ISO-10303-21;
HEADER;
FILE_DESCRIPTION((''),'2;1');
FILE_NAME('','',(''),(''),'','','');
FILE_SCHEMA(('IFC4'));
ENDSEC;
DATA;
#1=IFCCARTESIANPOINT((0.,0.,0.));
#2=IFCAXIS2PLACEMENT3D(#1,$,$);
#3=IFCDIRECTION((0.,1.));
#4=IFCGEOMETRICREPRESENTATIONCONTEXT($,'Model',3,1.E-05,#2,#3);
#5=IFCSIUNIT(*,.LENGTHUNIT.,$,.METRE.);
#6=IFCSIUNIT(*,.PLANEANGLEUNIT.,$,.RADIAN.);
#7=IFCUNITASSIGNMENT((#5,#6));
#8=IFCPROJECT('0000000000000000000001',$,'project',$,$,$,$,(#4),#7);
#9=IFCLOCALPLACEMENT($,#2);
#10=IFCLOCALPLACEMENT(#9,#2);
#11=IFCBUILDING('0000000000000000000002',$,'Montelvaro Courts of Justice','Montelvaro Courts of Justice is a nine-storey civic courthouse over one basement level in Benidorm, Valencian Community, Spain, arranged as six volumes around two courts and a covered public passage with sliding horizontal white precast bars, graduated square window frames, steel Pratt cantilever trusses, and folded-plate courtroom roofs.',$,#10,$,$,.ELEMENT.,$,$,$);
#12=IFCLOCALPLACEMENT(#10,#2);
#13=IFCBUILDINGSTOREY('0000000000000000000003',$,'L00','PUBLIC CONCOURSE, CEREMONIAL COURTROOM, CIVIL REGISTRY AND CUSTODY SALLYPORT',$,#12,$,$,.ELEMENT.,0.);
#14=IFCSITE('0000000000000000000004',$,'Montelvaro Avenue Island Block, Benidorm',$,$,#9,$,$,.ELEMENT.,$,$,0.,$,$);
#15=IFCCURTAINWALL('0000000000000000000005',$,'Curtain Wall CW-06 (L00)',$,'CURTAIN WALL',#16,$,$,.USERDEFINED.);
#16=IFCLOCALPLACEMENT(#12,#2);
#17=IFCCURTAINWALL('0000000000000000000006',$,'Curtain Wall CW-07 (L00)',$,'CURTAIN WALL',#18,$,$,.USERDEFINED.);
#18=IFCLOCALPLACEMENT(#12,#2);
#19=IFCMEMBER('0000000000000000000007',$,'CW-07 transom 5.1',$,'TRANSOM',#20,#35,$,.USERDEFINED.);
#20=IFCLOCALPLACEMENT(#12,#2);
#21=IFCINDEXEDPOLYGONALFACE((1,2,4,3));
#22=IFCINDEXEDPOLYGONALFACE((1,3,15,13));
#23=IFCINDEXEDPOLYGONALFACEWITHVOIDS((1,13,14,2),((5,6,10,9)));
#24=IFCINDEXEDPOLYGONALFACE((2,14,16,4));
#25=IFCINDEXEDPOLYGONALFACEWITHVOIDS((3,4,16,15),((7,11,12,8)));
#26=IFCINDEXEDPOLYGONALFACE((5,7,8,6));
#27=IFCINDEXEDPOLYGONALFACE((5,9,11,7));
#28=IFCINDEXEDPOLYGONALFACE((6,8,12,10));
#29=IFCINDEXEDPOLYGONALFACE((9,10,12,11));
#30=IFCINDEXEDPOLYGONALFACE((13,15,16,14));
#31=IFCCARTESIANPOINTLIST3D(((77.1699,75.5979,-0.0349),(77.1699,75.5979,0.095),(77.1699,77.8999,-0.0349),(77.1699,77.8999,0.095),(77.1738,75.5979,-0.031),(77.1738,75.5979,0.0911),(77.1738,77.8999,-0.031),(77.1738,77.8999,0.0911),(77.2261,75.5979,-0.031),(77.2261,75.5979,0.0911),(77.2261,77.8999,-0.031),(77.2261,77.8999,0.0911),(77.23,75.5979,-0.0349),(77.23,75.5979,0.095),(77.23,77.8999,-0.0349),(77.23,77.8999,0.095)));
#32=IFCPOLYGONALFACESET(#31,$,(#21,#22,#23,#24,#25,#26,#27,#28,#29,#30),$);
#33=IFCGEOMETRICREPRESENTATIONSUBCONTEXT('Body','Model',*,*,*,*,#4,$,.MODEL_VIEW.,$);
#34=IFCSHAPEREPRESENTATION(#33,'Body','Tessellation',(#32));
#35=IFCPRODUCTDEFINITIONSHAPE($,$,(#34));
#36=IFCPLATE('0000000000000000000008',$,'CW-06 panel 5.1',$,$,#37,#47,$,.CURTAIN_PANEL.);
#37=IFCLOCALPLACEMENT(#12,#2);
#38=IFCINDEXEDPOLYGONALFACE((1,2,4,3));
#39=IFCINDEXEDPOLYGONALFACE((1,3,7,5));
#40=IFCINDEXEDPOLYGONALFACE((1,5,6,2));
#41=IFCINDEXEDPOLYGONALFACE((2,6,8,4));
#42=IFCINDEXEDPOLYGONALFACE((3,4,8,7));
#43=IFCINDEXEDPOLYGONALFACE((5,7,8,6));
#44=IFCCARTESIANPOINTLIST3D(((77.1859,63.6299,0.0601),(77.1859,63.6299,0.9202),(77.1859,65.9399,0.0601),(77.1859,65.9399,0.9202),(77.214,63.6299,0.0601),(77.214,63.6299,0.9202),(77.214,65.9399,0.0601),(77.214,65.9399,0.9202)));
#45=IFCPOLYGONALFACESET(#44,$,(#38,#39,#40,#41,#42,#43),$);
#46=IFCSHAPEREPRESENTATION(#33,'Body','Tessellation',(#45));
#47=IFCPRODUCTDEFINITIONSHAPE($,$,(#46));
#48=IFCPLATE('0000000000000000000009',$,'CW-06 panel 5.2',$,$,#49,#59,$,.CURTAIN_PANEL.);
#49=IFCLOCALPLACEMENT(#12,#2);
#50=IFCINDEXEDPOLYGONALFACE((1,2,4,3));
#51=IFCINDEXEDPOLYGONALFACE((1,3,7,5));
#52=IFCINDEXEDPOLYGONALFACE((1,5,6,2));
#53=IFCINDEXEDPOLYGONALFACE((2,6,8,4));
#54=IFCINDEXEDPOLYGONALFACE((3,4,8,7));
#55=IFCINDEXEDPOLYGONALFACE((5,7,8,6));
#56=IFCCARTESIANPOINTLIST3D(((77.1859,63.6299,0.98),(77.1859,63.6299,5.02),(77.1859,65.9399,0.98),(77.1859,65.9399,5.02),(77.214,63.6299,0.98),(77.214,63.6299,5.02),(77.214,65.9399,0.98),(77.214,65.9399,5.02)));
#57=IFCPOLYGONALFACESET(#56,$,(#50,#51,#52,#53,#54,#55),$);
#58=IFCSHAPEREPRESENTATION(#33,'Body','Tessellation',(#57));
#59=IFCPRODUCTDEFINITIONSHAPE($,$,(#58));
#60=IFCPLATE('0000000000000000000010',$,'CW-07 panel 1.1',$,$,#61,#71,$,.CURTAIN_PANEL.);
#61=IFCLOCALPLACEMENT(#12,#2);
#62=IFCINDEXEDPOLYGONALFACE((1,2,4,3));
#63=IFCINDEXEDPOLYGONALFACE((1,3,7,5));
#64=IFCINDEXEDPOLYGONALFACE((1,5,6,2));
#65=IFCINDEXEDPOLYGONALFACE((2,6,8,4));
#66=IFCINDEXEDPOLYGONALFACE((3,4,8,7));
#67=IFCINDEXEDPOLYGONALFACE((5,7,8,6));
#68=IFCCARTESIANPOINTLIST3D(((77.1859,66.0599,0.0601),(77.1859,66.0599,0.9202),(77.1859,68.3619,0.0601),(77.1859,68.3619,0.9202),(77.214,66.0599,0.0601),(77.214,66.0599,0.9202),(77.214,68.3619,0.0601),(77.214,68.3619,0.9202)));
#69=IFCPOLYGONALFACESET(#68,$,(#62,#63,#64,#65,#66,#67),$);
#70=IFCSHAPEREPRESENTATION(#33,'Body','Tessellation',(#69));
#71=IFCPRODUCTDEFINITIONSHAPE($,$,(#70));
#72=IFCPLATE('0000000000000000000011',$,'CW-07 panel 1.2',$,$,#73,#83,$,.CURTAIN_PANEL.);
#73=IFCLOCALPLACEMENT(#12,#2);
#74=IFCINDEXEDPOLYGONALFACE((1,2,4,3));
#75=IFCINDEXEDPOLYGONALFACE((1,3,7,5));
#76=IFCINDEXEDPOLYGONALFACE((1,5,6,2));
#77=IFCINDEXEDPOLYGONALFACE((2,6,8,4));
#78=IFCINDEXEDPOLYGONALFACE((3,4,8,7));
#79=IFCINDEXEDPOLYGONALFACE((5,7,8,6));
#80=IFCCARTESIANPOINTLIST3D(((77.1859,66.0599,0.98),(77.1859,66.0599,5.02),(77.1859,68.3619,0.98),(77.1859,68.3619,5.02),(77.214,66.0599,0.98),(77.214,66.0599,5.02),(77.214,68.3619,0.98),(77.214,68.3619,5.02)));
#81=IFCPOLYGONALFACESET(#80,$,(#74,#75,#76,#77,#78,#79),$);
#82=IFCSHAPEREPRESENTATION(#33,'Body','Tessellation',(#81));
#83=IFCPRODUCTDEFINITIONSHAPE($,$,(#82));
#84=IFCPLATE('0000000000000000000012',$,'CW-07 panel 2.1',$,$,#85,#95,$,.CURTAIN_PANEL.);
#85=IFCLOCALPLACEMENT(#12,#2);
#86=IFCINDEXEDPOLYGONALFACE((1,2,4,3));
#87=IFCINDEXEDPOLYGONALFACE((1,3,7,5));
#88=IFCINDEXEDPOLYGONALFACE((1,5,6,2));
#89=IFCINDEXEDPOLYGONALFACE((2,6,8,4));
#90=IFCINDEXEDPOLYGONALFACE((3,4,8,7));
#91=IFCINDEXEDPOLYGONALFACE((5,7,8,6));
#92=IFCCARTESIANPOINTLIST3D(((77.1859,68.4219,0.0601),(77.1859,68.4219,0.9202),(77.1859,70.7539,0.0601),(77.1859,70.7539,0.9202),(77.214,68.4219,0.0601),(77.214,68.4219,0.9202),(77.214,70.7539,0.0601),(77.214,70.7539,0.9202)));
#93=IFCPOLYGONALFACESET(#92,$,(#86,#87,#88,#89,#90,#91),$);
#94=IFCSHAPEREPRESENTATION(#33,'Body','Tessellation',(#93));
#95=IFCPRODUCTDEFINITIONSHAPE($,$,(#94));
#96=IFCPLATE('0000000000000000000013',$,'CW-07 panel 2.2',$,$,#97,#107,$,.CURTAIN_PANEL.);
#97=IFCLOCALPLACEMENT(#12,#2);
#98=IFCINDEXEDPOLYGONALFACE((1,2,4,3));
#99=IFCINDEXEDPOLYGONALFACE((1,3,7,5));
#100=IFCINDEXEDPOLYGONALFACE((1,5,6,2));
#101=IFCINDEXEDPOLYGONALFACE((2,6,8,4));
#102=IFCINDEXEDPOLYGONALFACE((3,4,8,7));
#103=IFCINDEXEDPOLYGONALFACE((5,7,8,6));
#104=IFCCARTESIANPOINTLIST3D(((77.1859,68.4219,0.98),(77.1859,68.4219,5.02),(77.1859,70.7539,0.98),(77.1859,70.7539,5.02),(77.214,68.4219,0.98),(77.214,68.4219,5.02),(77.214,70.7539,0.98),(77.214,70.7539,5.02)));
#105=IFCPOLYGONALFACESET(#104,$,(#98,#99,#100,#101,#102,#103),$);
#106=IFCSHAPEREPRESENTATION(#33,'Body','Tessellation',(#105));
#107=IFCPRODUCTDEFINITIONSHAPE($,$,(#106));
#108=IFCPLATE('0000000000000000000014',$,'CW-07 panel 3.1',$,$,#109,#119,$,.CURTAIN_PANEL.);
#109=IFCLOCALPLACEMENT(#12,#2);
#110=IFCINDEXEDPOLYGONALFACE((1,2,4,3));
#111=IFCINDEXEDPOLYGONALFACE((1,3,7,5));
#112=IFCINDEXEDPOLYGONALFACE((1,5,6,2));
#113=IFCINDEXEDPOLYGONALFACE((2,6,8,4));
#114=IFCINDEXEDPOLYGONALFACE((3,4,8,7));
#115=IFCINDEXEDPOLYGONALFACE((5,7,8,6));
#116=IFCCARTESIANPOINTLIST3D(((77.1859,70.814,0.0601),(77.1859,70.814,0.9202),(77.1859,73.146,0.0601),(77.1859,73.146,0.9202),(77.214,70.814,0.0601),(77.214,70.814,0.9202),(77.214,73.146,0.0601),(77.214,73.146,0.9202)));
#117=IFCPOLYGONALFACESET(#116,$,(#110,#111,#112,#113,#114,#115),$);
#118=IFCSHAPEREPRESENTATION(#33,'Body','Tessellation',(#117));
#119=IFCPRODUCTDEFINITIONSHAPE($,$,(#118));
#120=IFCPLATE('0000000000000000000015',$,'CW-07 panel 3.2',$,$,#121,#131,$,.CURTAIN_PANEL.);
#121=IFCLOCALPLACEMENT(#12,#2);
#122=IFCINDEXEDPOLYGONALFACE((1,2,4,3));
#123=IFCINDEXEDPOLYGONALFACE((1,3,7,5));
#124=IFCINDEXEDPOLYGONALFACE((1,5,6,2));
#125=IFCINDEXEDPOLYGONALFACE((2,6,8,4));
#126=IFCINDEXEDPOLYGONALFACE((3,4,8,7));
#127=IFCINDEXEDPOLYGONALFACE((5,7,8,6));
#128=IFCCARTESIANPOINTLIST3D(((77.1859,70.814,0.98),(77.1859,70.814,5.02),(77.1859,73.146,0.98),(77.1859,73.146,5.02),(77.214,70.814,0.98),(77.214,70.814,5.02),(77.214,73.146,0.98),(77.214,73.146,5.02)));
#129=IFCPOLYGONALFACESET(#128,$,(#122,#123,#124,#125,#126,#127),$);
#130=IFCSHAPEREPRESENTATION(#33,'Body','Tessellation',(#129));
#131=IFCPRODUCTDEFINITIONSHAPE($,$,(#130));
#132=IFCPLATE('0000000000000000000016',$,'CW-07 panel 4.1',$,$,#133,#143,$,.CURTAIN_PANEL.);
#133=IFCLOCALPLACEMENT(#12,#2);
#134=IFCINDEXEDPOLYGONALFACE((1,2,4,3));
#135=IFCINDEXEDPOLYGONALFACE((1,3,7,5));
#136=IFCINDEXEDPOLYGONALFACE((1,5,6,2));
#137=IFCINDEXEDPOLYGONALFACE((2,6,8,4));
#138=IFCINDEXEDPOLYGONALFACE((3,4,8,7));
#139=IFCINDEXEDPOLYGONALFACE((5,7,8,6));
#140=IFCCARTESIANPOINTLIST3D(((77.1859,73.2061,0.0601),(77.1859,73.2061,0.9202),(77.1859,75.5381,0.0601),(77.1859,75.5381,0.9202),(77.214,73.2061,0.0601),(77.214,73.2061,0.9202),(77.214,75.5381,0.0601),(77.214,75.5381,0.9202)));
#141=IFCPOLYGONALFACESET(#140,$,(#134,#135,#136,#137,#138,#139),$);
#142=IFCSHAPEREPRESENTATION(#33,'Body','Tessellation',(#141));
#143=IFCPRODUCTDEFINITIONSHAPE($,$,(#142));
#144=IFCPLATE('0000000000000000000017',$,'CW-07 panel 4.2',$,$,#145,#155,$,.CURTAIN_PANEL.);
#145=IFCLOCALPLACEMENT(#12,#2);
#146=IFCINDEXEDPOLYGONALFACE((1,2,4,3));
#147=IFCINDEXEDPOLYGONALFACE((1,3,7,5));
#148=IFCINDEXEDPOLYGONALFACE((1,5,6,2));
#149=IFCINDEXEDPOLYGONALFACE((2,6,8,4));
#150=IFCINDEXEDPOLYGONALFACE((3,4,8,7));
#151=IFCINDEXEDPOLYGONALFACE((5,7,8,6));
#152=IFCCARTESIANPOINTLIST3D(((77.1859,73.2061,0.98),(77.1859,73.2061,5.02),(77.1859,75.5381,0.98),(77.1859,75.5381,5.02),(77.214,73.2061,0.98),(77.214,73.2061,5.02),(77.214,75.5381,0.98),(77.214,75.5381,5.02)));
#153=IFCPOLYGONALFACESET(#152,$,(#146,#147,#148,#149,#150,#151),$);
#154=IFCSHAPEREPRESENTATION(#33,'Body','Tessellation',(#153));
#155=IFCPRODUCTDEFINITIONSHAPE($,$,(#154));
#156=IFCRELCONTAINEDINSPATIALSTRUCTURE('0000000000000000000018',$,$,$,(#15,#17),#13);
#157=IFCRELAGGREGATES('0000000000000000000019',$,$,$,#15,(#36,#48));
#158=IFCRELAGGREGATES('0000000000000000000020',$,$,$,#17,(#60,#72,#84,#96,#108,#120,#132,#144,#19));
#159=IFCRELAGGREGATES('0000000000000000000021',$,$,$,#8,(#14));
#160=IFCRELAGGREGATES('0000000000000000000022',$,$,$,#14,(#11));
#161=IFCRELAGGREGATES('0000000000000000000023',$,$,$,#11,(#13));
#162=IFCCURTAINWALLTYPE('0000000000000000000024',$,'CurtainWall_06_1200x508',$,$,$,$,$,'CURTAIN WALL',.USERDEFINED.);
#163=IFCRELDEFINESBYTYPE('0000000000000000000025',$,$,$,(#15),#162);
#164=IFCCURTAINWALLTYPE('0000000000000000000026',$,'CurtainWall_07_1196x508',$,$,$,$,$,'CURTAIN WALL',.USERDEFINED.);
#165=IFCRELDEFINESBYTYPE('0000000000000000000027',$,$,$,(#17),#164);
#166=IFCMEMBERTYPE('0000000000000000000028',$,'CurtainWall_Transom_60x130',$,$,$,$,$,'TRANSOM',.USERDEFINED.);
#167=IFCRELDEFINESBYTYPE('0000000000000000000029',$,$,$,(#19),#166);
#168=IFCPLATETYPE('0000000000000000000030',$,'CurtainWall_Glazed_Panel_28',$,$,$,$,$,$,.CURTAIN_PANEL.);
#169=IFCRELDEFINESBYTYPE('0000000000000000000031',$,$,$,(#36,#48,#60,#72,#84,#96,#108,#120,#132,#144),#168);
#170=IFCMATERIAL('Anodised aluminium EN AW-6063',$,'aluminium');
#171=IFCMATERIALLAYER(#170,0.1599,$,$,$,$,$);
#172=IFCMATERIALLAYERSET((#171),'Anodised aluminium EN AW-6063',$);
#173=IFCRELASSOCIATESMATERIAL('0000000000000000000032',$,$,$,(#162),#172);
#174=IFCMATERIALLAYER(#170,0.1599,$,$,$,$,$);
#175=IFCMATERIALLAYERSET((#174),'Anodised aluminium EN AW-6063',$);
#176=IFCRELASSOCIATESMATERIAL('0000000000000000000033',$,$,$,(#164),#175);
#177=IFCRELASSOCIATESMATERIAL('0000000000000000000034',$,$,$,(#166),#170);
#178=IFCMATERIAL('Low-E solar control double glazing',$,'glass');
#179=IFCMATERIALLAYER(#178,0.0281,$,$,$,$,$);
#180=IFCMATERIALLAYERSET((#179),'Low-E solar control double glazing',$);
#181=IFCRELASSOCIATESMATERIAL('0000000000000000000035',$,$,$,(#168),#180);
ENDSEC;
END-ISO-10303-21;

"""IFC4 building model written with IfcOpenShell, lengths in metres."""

from ifc_helpers import new_model, si_unit, direction, frame, origin, origin_2d, place, context, subcontext, project, spatial, rectangle, hollow_rectangle, extrude, material, layer, layer_set, material_profile, profile_set, type_object, element, aggregate, save


model = new_model("IFC4")

# Units and contexts
model_context = context("Model", 3, precision=1e-05, world=origin(), true_north=direction((0.0, 1.0)))
body_context = subcontext(model_context, "Body", "Model", "MODEL_VIEW")
ifc_project = project(units=[si_unit("LENGTHUNIT", "METRE"), si_unit("PLANEANGLEUNIT", "RADIAN")], contexts=[model_context])

# Site, building, storey
site_placement = place(None, origin())
site = spatial("IfcSite", under=ifc_project, at=site_placement, Name="Montelvaro Avenue Island Block, Benidorm", CompositionType="ELEMENT", RefElevation=0.0)
building_placement = place(site_placement, origin())
building = spatial("IfcBuilding", under=site, at=building_placement, Name="Montelvaro Courts of Justice", Description="Montelvaro Courts of Justice is a nine-storey civic courthouse over one basement level in Benidorm, Valencian Community, Spain, arranged as six volumes around two courts and a covered public passage with sliding horizontal white precast bars, graduated square window frames, steel Pratt cantilever trusses, and folded-plate courtroom roofs.", CompositionType="ELEMENT")
storey_placement = place(building_placement, origin())
storey = spatial("IfcBuildingStorey", under=building, at=storey_placement, Name="L00", Description="PUBLIC CONCOURSE, CEREMONIAL COURTROOM, CIVIL REGISTRY AND CUSTODY SALLYPORT", CompositionType="ELEMENT", Elevation=0.0)

# Curtain wall
ifc_material_1 = material(Name="Anodised aluminium EN AW-6063", Category="aluminium")
ifc_layer_1 = layer(ifc_material_1, 0.1599)
ifc_layer_set_1 = layer_set([ifc_layer_1], Name="Anodised aluminium EN AW-6063")
curtain_wall_type_1 = type_object("IfcCurtainWallType", Name="CurtainWall_06_1200x508", ElementType="CURTAIN WALL", PredefinedType="USERDEFINED", material=ifc_layer_set_1)
curtain_wall_1_placement = place(storey_placement, origin())
curtain_wall_1 = element("IfcCurtainWall", 1, at=curtain_wall_1_placement, inside=storey, type_object=curtain_wall_type_1, Name="Curtain Wall CW-06 (L00)", ObjectType="CURTAIN WALL", PredefinedType="USERDEFINED")

# Curtain wall
ifc_layer_2 = layer(ifc_material_1, 0.1599)
ifc_layer_set_2 = layer_set([ifc_layer_2], Name="Anodised aluminium EN AW-6063")
curtain_wall_type_2 = type_object("IfcCurtainWallType", Name="CurtainWall_07_1196x508", ElementType="CURTAIN WALL", PredefinedType="USERDEFINED", material=ifc_layer_set_2)
curtain_wall_2_placement = place(storey_placement, origin())
curtain_wall_2 = element("IfcCurtainWall", 2, at=curtain_wall_2_placement, inside=storey, type_object=curtain_wall_type_2, Name="Curtain Wall CW-07 (L00)", ObjectType="CURTAIN WALL", PredefinedType="USERDEFINED")

# Member
ifc_material_profile_1 = material_profile(ifc_material_1, hollow_rectangle(XDim=0.0601, YDim=0.1299, WallThickness=0.0039, at=origin_2d()), Name="ALU-T 60x130")
ifc_profile_set_1 = profile_set([ifc_material_profile_1], Name="Anodised aluminium EN AW-6063")
member_type_1 = type_object("IfcMemberType", Name="CurtainWall_Transom_60x130", ElementType="TRANSOM", PredefinedType="USERDEFINED", material=ifc_profile_set_1)
member_1_placement = place(storey_placement, frame((77.2, 75.5979, 0.03), z_axis=(0.0, 1.0, 0.0), x_axis=(-1.0, 0.0, 0.0)))
member_1 = element("IfcMember", 3, at=member_1_placement, type_object=member_type_1, Name="CW-07 transom 5.1", ObjectType="TRANSOM", PredefinedType="USERDEFINED", context=body_context, shape_type="SweptSolid", body=[
    extrude(hollow_rectangle(XDim=0.0601, YDim=0.1299, WallThickness=0.0039, at=origin_2d()), origin(), (0.0, 0.0, 1.0), 2.302),
])

# Plates
ifc_material_2 = material(Name="Low-E solar control double glazing", Category="glass")
ifc_layer_3 = layer(ifc_material_2, 0.0281)
ifc_layer_set_3 = layer_set([ifc_layer_3], Name="Low-E solar control double glazing")
plate_type = type_object("IfcPlateType", Name="CurtainWall_Glazed_Panel_28", PredefinedType="CURTAIN_PANEL", material=ifc_layer_set_3)
plate_1_placement = place(storey_placement, frame((77.2, 64.7849, 0.0601), z_axis=(0.0, 0.0, 1.0), x_axis=(0.0, 1.0, 0.0)))
plate_1 = element("IfcPlate", 4, at=plate_1_placement, type_object=plate_type, Name="CW-06 panel 5.1", PredefinedType="CURTAIN_PANEL", context=body_context, shape_type="SweptSolid", body=[
    extrude(rectangle(XDim=2.3101, YDim=0.0281, at=origin_2d()), origin(), (0.0, 0.0, 1.0), 0.8601),
])
plate_2_placement = place(storey_placement, frame((77.2, 64.7849, 0.98), z_axis=(0.0, 0.0, 1.0), x_axis=(0.0, 1.0, 0.0)))
plate_2 = element("IfcPlate", 5, at=plate_2_placement, type_object=plate_type, Name="CW-06 panel 5.2", PredefinedType="CURTAIN_PANEL", context=body_context, shape_type="SweptSolid", body=[
    extrude(rectangle(XDim=2.3101, YDim=0.0281, at=origin_2d()), origin(), (0.0, 0.0, 1.0), 4.04),
])
aggregate(curtain_wall_1, [plate_1, plate_2])
plate_3_placement = place(storey_placement, frame((77.2, 67.2109, 0.0601), z_axis=(0.0, 0.0, 1.0), x_axis=(0.0, 1.0, 0.0)))
plate_3 = element("IfcPlate", 6, at=plate_3_placement, type_object=plate_type, Name="CW-07 panel 1.1", PredefinedType="CURTAIN_PANEL", context=body_context, shape_type="SweptSolid", body=[
    extrude(rectangle(XDim=2.302, YDim=0.0281, at=origin_2d()), origin(), (0.0, 0.0, 1.0), 0.8601),
])
plate_4_placement = place(storey_placement, frame((77.2, 67.2109, 0.98), z_axis=(0.0, 0.0, 1.0), x_axis=(0.0, 1.0, 0.0)))
plate_4 = element("IfcPlate", 7, at=plate_4_placement, type_object=plate_type, Name="CW-07 panel 1.2", PredefinedType="CURTAIN_PANEL", context=body_context, shape_type="SweptSolid", body=[
    extrude(rectangle(XDim=2.302, YDim=0.0281, at=origin_2d()), origin(), (0.0, 0.0, 1.0), 4.04),
])
plate_5_placement = place(storey_placement, frame((77.2, 69.5879, 0.0601), z_axis=(0.0, 0.0, 1.0), x_axis=(0.0, 1.0, 0.0)))
plate_5 = element("IfcPlate", 8, at=plate_5_placement, type_object=plate_type, Name="CW-07 panel 2.1", PredefinedType="CURTAIN_PANEL", context=body_context, shape_type="SweptSolid", body=[
    extrude(rectangle(XDim=2.332, YDim=0.0281, at=origin_2d()), origin(), (0.0, 0.0, 1.0), 0.8601),
])
plate_6_placement = place(storey_placement, frame((77.2, 69.5879, 0.98), z_axis=(0.0, 0.0, 1.0), x_axis=(0.0, 1.0, 0.0)))
plate_6 = element("IfcPlate", 9, at=plate_6_placement, type_object=plate_type, Name="CW-07 panel 2.2", PredefinedType="CURTAIN_PANEL", context=body_context, shape_type="SweptSolid", body=[
    extrude(rectangle(XDim=2.332, YDim=0.0281, at=origin_2d()), origin(), (0.0, 0.0, 1.0), 4.04),
])
plate_7_placement = place(storey_placement, frame((77.2, 71.98, 0.0601), z_axis=(0.0, 0.0, 1.0), x_axis=(0.0, 1.0, 0.0)))
plate_7 = element("IfcPlate", 10, at=plate_7_placement, type_object=plate_type, Name="CW-07 panel 3.1", PredefinedType="CURTAIN_PANEL", context=body_context, shape_type="SweptSolid", body=[
    extrude(rectangle(XDim=2.332, YDim=0.0281, at=origin_2d()), origin(), (0.0, 0.0, 1.0), 0.8601),
])
plate_8_placement = place(storey_placement, frame((77.2, 71.98, 0.98), z_axis=(0.0, 0.0, 1.0), x_axis=(0.0, 1.0, 0.0)))
plate_8 = element("IfcPlate", 11, at=plate_8_placement, type_object=plate_type, Name="CW-07 panel 3.2", PredefinedType="CURTAIN_PANEL", context=body_context, shape_type="SweptSolid", body=[
    extrude(rectangle(XDim=2.332, YDim=0.0281, at=origin_2d()), origin(), (0.0, 0.0, 1.0), 4.04),
])
plate_9_placement = place(storey_placement, frame((77.2, 74.3721, 0.0601), z_axis=(0.0, 0.0, 1.0), x_axis=(0.0, 1.0, 0.0)))
plate_9 = element("IfcPlate", 12, at=plate_9_placement, type_object=plate_type, Name="CW-07 panel 4.1", PredefinedType="CURTAIN_PANEL", context=body_context, shape_type="SweptSolid", body=[
    extrude(rectangle(XDim=2.332, YDim=0.0281, at=origin_2d()), origin(), (0.0, 0.0, 1.0), 0.8601),
])
plate_10_placement = place(storey_placement, frame((77.2, 74.3721, 0.98), z_axis=(0.0, 0.0, 1.0), x_axis=(0.0, 1.0, 0.0)))
plate_10 = element("IfcPlate", 13, at=plate_10_placement, type_object=plate_type, Name="CW-07 panel 4.2", PredefinedType="CURTAIN_PANEL", context=body_context, shape_type="SweptSolid", body=[
    extrude(rectangle(XDim=2.332, YDim=0.0281, at=origin_2d()), origin(), (0.0, 0.0, 1.0), 4.04),
])
aggregate(curtain_wall_2, [plate_3, plate_4, plate_5, plate_6, plate_7, plate_8, plate_9, plate_10, member_1])

save(model, "model.ifc")
